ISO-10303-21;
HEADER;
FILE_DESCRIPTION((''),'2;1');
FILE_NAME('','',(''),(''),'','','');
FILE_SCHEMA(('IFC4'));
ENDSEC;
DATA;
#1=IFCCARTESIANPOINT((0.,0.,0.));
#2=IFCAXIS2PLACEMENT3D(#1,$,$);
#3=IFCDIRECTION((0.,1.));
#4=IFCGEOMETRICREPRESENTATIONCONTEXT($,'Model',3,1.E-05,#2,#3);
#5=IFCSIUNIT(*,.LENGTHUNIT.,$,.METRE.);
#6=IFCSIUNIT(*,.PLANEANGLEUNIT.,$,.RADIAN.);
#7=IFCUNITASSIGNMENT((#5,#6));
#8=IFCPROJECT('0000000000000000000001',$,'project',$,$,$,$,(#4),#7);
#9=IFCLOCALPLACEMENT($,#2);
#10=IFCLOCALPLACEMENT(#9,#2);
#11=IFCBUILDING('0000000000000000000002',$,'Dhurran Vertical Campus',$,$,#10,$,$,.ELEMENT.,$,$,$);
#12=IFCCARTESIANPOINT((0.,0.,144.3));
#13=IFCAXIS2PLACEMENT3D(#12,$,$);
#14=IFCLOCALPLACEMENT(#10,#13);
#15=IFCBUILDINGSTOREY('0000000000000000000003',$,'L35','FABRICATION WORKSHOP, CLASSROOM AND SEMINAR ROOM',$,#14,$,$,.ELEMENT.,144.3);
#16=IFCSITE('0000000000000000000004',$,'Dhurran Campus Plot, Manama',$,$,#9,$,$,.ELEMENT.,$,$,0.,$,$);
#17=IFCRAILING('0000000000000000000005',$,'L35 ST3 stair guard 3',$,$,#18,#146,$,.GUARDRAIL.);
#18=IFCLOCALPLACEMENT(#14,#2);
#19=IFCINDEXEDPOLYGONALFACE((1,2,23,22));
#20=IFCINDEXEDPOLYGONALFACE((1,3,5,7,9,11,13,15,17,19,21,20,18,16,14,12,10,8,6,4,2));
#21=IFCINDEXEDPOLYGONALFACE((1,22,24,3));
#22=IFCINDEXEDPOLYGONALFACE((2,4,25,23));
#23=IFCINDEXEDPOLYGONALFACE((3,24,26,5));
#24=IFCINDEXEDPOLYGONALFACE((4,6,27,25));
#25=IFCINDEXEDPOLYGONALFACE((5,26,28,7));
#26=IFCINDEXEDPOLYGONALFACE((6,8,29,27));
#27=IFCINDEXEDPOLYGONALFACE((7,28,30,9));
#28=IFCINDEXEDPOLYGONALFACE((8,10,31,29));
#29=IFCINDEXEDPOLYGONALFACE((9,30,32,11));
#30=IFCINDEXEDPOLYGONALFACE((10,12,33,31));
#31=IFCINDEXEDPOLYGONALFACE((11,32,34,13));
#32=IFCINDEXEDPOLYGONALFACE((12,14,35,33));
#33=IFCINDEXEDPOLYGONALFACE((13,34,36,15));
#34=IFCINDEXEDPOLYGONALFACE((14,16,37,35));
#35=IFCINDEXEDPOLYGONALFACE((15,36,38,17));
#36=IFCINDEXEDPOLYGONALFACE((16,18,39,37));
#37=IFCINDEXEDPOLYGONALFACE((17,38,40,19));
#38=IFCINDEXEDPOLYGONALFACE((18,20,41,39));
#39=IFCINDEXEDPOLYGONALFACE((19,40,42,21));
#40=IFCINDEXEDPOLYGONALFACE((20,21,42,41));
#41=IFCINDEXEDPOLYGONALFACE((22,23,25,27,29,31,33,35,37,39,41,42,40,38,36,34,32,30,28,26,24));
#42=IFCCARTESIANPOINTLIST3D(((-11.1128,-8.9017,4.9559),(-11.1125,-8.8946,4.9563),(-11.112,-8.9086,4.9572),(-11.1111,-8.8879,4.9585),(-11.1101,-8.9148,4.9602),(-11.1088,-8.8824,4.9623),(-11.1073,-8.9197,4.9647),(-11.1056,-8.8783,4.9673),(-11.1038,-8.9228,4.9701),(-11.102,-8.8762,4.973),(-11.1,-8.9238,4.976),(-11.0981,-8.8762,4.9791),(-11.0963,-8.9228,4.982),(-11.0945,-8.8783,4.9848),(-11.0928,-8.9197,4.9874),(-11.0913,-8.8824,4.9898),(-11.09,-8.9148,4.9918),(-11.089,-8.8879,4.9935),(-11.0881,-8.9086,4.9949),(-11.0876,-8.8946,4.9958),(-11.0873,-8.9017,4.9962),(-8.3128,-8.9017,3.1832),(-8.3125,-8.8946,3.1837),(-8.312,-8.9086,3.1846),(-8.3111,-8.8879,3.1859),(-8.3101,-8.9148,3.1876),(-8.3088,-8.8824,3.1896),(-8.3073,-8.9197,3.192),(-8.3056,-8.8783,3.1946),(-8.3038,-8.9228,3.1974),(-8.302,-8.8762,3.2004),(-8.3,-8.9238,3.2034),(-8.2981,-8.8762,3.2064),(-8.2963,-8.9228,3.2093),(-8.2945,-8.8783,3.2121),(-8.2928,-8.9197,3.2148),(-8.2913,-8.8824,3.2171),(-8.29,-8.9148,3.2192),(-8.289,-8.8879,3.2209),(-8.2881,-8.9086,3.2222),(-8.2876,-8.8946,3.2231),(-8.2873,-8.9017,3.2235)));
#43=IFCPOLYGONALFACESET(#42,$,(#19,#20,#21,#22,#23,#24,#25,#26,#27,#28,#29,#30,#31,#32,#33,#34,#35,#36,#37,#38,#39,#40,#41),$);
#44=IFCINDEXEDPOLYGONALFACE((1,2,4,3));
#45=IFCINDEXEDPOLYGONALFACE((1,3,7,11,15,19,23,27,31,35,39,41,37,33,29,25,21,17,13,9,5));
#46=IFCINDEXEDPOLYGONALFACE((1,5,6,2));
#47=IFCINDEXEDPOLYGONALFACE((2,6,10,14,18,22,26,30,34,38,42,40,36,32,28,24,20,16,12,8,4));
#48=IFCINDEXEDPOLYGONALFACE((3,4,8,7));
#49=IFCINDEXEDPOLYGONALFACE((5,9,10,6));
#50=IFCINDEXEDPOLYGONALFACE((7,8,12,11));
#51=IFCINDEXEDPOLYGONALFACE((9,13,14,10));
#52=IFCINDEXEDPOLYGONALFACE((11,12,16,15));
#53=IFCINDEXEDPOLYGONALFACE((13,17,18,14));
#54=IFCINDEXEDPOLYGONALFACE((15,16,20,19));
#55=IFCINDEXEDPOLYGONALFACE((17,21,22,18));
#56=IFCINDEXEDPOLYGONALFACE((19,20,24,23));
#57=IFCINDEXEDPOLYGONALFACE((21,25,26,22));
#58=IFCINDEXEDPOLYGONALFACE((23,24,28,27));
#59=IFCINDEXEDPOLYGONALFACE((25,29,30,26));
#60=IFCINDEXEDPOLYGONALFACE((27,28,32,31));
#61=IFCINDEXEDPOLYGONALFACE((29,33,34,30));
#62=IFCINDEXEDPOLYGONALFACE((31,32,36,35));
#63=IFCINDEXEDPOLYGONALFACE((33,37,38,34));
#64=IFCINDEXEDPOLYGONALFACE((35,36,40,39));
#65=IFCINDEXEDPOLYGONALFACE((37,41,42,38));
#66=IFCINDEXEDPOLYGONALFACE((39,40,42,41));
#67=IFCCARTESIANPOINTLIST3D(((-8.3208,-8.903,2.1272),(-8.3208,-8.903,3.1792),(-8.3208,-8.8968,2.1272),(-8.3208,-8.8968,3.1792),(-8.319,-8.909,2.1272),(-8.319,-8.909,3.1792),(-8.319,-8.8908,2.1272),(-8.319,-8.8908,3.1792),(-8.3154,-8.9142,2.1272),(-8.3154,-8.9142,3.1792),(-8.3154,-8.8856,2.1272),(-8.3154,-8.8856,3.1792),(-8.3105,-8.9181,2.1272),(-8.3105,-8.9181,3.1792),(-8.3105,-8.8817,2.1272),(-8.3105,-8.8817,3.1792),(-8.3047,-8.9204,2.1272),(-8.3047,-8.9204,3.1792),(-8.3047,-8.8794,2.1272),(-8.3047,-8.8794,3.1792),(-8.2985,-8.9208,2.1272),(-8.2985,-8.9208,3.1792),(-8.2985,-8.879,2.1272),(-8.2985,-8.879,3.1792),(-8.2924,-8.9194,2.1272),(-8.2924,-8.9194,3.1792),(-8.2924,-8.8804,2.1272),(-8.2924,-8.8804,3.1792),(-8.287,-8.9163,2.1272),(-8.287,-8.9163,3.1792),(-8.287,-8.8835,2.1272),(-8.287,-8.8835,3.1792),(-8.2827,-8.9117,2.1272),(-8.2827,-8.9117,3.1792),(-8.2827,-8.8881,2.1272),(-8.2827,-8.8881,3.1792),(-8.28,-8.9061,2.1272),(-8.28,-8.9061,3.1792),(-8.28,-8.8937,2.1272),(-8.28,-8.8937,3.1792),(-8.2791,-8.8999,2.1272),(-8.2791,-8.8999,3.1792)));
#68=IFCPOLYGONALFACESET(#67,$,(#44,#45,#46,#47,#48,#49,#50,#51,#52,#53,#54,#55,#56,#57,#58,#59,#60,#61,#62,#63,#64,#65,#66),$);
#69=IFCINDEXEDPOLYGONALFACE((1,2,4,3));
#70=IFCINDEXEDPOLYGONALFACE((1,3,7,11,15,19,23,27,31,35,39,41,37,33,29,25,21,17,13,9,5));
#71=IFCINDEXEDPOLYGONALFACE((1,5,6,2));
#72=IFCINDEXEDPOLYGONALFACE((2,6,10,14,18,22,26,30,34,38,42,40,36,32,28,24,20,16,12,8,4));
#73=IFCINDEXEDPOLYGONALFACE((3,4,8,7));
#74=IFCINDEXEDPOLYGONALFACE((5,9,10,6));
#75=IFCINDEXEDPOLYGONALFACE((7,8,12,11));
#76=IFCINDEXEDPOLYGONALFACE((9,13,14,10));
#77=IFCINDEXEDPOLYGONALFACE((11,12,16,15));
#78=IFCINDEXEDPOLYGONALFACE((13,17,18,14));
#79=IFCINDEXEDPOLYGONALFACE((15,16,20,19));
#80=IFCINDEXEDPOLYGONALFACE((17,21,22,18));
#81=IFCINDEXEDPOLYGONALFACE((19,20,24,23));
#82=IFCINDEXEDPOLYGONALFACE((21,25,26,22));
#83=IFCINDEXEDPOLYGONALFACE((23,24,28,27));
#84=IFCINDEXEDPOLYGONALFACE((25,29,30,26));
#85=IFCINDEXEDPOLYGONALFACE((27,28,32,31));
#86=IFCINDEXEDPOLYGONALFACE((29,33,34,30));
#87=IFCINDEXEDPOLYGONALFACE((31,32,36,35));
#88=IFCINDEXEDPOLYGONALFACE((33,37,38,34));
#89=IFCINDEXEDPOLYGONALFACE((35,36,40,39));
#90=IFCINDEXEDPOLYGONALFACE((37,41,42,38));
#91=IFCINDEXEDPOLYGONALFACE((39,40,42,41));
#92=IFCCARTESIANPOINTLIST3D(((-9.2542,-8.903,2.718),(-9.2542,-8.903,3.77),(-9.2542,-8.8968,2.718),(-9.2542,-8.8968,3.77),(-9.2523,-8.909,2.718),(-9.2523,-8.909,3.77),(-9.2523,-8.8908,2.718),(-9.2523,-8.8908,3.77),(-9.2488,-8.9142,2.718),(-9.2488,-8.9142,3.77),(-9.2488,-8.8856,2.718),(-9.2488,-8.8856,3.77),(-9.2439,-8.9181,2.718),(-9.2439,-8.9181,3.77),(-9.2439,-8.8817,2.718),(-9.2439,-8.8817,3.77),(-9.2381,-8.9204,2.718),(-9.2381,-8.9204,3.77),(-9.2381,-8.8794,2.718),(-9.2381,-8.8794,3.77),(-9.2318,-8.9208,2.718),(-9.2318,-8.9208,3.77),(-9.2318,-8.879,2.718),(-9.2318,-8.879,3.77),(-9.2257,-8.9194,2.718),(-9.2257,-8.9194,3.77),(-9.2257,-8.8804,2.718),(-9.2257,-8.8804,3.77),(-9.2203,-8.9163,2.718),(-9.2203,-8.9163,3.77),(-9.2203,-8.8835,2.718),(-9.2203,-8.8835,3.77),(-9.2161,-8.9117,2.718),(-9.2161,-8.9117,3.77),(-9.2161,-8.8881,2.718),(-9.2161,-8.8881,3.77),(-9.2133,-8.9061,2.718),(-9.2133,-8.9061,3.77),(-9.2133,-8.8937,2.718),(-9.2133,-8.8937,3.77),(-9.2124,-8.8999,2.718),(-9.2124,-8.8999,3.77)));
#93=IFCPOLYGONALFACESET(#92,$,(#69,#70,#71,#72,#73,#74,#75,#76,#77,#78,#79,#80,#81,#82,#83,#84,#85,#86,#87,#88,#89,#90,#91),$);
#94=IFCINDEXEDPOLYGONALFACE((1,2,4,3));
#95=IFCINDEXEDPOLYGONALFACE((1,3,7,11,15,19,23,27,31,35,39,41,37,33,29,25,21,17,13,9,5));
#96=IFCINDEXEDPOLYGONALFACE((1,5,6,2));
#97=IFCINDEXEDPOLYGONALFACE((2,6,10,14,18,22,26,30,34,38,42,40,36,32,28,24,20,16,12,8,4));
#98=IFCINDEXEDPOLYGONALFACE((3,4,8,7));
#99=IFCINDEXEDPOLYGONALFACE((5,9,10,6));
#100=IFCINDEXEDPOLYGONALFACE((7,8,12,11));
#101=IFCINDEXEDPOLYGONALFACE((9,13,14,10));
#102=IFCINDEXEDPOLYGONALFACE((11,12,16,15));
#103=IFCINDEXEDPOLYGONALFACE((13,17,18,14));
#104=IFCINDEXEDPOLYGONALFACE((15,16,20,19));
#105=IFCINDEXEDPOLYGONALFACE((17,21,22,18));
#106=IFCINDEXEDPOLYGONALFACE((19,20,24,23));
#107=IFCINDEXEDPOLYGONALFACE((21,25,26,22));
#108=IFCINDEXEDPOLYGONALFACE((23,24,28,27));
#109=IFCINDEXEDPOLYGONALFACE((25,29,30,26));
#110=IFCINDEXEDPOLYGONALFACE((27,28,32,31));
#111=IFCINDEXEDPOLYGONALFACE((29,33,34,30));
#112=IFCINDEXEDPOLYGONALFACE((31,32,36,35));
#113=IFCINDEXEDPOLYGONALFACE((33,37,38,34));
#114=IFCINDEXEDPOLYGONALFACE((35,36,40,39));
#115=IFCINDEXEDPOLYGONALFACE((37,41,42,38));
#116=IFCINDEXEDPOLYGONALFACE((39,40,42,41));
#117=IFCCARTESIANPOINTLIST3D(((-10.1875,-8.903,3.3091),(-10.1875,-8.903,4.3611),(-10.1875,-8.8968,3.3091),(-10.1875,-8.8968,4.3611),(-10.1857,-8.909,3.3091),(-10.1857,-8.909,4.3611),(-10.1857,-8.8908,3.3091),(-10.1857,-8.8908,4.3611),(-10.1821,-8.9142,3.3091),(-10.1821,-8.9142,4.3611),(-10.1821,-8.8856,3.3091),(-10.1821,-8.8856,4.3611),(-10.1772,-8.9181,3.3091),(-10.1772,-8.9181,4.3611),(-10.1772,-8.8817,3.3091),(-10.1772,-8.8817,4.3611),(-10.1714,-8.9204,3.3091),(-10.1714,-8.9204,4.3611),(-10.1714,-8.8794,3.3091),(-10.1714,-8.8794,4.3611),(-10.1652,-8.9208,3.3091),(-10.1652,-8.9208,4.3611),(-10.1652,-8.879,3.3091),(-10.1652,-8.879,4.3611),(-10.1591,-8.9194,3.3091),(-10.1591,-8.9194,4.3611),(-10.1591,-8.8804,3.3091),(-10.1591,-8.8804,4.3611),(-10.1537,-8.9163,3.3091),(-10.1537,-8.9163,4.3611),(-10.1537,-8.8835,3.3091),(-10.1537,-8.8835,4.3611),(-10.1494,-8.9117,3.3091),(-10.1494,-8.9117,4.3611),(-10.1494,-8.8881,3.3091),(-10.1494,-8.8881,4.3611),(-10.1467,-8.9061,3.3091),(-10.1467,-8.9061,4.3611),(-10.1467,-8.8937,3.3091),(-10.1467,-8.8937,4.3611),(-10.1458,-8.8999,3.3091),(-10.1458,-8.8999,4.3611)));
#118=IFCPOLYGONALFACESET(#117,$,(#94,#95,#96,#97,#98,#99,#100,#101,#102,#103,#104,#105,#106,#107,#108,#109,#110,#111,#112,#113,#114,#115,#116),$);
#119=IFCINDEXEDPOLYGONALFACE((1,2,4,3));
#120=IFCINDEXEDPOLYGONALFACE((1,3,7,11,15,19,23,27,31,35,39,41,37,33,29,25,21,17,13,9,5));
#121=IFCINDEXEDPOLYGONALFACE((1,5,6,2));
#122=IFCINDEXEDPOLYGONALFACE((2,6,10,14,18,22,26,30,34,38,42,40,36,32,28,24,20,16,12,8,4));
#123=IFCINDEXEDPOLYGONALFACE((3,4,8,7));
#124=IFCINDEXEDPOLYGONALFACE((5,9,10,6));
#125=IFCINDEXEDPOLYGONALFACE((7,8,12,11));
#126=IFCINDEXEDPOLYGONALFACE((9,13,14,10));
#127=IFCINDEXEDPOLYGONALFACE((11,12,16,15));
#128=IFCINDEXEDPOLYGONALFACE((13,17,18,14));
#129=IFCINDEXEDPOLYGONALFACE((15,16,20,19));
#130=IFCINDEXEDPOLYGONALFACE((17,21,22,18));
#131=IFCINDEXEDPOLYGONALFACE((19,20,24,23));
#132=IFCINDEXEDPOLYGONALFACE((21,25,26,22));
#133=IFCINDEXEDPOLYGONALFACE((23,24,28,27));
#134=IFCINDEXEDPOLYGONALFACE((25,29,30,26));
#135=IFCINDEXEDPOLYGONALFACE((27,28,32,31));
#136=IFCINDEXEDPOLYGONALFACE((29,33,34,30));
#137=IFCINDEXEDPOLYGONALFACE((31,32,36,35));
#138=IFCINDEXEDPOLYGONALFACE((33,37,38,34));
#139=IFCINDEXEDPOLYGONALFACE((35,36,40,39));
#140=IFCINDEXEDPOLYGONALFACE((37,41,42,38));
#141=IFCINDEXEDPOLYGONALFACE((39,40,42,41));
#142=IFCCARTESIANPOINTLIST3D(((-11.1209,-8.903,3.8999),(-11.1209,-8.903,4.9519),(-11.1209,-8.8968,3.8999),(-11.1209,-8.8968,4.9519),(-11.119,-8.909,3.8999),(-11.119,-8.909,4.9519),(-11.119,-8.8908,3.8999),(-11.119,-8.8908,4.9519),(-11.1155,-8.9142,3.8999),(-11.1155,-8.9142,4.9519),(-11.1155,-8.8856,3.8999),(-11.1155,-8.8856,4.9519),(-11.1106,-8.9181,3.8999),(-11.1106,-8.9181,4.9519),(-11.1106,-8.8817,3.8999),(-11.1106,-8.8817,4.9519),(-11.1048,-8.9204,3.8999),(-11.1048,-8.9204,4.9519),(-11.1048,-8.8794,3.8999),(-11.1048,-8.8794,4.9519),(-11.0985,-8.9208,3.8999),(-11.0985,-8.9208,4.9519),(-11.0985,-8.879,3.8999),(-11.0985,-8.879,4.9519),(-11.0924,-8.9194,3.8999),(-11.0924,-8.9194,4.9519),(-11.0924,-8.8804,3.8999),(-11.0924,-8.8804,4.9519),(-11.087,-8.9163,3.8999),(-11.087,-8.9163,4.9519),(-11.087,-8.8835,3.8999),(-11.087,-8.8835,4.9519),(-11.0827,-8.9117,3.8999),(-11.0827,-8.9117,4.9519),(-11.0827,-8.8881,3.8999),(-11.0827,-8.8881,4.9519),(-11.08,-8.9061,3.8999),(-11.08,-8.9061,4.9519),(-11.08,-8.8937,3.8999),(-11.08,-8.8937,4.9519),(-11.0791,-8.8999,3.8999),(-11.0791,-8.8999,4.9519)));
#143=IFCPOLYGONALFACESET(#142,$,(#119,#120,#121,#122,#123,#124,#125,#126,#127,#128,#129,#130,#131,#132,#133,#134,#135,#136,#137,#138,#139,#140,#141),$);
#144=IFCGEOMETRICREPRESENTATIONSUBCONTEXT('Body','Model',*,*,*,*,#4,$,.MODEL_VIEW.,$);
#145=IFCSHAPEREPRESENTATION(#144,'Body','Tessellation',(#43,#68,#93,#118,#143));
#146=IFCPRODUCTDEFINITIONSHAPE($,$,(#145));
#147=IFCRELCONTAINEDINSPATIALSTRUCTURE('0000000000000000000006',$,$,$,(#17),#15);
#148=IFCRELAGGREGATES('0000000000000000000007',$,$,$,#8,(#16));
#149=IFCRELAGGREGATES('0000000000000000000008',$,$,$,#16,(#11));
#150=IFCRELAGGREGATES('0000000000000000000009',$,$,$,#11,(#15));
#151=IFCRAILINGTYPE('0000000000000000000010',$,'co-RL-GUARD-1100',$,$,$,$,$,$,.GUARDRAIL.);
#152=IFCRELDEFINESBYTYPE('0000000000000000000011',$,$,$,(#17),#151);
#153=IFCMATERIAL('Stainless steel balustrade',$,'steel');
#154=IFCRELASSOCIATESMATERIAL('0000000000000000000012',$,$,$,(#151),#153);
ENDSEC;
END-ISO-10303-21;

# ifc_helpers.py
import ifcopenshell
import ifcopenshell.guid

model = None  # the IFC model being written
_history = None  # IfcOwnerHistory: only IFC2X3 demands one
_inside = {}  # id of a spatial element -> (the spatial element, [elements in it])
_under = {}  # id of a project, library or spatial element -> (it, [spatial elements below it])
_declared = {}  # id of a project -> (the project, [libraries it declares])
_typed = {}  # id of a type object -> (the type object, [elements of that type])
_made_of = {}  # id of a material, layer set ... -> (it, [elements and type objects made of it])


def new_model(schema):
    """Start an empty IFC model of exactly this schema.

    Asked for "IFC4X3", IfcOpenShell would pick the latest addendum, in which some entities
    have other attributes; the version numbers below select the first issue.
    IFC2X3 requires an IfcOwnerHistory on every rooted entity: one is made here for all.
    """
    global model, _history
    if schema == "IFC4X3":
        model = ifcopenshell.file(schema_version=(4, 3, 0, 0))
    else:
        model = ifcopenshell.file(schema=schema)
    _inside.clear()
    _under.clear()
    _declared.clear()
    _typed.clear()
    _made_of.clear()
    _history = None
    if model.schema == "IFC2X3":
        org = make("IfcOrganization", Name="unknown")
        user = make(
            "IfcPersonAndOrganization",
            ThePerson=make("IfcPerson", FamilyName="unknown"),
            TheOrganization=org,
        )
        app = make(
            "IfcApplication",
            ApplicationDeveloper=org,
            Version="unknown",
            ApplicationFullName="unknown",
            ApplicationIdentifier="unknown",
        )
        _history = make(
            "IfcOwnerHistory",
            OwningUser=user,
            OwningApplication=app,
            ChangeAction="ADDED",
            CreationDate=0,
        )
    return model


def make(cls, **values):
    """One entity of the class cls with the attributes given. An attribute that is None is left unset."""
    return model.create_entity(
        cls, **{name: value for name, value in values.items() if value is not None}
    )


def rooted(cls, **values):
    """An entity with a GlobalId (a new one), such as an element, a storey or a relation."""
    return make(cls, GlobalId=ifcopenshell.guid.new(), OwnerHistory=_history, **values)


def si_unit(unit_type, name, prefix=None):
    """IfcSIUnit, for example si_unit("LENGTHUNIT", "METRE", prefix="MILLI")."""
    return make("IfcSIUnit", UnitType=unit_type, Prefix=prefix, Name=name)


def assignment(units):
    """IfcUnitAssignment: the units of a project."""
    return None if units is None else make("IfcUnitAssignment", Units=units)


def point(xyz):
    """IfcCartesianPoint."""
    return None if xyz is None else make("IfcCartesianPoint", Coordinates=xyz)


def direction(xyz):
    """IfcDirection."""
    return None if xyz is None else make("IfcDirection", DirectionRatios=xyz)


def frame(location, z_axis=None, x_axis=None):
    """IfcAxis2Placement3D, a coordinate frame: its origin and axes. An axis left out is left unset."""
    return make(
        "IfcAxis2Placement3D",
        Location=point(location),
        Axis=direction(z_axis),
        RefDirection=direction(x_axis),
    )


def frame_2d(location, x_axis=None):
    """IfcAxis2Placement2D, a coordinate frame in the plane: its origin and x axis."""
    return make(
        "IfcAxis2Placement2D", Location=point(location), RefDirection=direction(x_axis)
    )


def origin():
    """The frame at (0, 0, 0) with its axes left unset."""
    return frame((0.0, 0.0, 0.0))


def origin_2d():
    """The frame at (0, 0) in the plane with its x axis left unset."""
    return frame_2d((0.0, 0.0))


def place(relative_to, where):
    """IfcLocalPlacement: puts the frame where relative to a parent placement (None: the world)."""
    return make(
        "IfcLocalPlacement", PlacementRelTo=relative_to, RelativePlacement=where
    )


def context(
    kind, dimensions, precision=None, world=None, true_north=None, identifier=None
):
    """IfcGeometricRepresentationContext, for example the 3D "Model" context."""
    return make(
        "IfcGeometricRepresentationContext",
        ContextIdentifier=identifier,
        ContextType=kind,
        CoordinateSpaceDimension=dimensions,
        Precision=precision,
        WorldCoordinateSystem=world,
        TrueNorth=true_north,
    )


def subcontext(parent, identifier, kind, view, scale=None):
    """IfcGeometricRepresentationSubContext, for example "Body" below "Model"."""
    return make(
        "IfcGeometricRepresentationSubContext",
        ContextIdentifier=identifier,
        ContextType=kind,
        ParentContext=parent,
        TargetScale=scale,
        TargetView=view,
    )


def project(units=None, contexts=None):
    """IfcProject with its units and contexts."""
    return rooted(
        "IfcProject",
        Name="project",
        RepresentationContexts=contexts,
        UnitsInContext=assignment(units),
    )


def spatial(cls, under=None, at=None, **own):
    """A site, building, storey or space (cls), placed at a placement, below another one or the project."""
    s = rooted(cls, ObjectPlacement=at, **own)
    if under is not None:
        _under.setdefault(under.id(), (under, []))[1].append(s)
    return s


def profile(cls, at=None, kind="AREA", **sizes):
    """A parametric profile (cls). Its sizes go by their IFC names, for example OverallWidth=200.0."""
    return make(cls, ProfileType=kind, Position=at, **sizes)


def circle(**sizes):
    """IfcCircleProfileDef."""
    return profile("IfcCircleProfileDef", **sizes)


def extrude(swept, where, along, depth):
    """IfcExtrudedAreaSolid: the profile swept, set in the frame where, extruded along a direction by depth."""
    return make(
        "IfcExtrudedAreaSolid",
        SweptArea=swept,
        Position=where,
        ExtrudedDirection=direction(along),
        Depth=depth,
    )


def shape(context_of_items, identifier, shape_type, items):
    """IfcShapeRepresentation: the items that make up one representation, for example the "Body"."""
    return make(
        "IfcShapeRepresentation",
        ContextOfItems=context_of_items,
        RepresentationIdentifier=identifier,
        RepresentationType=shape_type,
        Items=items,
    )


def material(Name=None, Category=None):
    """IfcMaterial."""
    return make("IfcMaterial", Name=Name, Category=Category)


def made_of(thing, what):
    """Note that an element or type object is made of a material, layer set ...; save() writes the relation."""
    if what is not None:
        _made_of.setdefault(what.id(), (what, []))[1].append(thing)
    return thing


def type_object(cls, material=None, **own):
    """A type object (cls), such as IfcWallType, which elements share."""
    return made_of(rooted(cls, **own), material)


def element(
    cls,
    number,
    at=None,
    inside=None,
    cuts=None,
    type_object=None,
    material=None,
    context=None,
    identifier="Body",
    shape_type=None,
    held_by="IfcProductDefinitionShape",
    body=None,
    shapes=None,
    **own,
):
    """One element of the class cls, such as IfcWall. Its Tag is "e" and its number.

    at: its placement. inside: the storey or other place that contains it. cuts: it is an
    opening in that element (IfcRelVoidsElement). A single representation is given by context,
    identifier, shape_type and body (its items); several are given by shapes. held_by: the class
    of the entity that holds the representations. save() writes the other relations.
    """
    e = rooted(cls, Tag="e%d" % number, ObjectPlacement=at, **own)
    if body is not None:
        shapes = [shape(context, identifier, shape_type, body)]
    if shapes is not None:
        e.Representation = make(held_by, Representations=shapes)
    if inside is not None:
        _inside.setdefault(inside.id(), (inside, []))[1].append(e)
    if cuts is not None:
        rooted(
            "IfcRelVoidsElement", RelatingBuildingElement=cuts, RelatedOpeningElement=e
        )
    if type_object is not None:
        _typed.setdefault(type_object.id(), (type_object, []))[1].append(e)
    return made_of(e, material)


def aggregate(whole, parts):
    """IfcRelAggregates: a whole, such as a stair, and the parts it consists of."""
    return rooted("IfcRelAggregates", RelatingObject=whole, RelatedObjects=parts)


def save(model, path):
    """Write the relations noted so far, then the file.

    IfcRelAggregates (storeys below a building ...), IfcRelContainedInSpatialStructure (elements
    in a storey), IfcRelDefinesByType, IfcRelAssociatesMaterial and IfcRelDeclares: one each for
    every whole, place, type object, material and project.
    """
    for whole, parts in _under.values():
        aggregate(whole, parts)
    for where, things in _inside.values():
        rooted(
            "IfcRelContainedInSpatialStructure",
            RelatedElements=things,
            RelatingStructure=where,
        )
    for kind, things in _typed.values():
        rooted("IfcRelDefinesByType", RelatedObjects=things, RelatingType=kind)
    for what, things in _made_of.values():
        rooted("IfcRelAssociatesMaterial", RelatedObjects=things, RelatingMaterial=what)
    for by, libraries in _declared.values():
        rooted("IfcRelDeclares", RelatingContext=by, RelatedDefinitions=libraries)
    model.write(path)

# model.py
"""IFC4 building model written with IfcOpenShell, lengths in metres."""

from ifc_helpers import new_model, si_unit, direction, frame, origin, origin_2d, place, context, subcontext, project, spatial, circle, extrude, material, type_object, element, save


model = new_model("IFC4")

# Units and contexts
model_context = context("Model", 3, precision=1e-05, world=origin(), true_north=direction((0.0, 1.0)))
body_context = subcontext(model_context, "Body", "Model", "MODEL_VIEW")
ifc_project = project(units=[si_unit("LENGTHUNIT", "METRE"), si_unit("PLANEANGLEUNIT", "RADIAN")], contexts=[model_context])

# Site, building, storey
site_placement = place(None, origin())
site = spatial("IfcSite", under=ifc_project, at=site_placement, Name="Dhurran Campus Plot, Manama", CompositionType="ELEMENT", RefElevation=0.0)
building_placement = place(site_placement, origin())
building = spatial("IfcBuilding", under=site, at=building_placement, Name="Dhurran Vertical Campus", CompositionType="ELEMENT")
storey_placement = place(building_placement, frame((0.0, 0.0, 144.3)))
storey = spatial("IfcBuildingStorey", under=building, at=storey_placement, Name="L35", Description="FABRICATION WORKSHOP, CLASSROOM AND SEMINAR ROOM", CompositionType="ELEMENT", Elevation=144.3)

# Railing
ifc_material_1 = material(Name="Stainless steel balustrade", Category="steel")
railing_type_1 = type_object("IfcRailingType", Name="co-RL-GUARD-1100", PredefinedType="GUARDRAIL", material=ifc_material_1)
railing_1_placement = place(storey_placement, frame((-8.3, -8.8999, 2.1272)))
element("IfcRailing", 1, at=railing_1_placement, inside=storey, type_object=railing_type_1, Name="L35 ST3 stair guard 3", PredefinedType="GUARDRAIL", context=body_context, shape_type="SweptSolid", body=[
    extrude(circle(Radius=0.0239, at=origin_2d()), frame((0.0, 0.0, 1.0762), z_axis=(-0.844909, 0.0, 0.53491), x_axis=(0.0, -1.0, 0.0)), (0.0, 0.0, 1.0), 3.314),
    extrude(circle(Radius=0.021, at=origin_2d()), origin(), (0.0, 0.0, 1.0), 1.052),
    extrude(circle(Radius=0.021, at=origin_2d()), frame((-0.9333, 0.0, 0.5908)), (0.0, 0.0, 1.0), 1.052),
    extrude(circle(Radius=0.021, at=origin_2d()), frame((-1.8667, 0.0, 1.1819)), (0.0, 0.0, 1.0), 1.052),
    extrude(circle(Radius=0.021, at=origin_2d()), frame((-2.8, 0.0, 1.7727)), (0.0, 0.0, 1.0), 1.052),
])

save(model, "model.ifc")
